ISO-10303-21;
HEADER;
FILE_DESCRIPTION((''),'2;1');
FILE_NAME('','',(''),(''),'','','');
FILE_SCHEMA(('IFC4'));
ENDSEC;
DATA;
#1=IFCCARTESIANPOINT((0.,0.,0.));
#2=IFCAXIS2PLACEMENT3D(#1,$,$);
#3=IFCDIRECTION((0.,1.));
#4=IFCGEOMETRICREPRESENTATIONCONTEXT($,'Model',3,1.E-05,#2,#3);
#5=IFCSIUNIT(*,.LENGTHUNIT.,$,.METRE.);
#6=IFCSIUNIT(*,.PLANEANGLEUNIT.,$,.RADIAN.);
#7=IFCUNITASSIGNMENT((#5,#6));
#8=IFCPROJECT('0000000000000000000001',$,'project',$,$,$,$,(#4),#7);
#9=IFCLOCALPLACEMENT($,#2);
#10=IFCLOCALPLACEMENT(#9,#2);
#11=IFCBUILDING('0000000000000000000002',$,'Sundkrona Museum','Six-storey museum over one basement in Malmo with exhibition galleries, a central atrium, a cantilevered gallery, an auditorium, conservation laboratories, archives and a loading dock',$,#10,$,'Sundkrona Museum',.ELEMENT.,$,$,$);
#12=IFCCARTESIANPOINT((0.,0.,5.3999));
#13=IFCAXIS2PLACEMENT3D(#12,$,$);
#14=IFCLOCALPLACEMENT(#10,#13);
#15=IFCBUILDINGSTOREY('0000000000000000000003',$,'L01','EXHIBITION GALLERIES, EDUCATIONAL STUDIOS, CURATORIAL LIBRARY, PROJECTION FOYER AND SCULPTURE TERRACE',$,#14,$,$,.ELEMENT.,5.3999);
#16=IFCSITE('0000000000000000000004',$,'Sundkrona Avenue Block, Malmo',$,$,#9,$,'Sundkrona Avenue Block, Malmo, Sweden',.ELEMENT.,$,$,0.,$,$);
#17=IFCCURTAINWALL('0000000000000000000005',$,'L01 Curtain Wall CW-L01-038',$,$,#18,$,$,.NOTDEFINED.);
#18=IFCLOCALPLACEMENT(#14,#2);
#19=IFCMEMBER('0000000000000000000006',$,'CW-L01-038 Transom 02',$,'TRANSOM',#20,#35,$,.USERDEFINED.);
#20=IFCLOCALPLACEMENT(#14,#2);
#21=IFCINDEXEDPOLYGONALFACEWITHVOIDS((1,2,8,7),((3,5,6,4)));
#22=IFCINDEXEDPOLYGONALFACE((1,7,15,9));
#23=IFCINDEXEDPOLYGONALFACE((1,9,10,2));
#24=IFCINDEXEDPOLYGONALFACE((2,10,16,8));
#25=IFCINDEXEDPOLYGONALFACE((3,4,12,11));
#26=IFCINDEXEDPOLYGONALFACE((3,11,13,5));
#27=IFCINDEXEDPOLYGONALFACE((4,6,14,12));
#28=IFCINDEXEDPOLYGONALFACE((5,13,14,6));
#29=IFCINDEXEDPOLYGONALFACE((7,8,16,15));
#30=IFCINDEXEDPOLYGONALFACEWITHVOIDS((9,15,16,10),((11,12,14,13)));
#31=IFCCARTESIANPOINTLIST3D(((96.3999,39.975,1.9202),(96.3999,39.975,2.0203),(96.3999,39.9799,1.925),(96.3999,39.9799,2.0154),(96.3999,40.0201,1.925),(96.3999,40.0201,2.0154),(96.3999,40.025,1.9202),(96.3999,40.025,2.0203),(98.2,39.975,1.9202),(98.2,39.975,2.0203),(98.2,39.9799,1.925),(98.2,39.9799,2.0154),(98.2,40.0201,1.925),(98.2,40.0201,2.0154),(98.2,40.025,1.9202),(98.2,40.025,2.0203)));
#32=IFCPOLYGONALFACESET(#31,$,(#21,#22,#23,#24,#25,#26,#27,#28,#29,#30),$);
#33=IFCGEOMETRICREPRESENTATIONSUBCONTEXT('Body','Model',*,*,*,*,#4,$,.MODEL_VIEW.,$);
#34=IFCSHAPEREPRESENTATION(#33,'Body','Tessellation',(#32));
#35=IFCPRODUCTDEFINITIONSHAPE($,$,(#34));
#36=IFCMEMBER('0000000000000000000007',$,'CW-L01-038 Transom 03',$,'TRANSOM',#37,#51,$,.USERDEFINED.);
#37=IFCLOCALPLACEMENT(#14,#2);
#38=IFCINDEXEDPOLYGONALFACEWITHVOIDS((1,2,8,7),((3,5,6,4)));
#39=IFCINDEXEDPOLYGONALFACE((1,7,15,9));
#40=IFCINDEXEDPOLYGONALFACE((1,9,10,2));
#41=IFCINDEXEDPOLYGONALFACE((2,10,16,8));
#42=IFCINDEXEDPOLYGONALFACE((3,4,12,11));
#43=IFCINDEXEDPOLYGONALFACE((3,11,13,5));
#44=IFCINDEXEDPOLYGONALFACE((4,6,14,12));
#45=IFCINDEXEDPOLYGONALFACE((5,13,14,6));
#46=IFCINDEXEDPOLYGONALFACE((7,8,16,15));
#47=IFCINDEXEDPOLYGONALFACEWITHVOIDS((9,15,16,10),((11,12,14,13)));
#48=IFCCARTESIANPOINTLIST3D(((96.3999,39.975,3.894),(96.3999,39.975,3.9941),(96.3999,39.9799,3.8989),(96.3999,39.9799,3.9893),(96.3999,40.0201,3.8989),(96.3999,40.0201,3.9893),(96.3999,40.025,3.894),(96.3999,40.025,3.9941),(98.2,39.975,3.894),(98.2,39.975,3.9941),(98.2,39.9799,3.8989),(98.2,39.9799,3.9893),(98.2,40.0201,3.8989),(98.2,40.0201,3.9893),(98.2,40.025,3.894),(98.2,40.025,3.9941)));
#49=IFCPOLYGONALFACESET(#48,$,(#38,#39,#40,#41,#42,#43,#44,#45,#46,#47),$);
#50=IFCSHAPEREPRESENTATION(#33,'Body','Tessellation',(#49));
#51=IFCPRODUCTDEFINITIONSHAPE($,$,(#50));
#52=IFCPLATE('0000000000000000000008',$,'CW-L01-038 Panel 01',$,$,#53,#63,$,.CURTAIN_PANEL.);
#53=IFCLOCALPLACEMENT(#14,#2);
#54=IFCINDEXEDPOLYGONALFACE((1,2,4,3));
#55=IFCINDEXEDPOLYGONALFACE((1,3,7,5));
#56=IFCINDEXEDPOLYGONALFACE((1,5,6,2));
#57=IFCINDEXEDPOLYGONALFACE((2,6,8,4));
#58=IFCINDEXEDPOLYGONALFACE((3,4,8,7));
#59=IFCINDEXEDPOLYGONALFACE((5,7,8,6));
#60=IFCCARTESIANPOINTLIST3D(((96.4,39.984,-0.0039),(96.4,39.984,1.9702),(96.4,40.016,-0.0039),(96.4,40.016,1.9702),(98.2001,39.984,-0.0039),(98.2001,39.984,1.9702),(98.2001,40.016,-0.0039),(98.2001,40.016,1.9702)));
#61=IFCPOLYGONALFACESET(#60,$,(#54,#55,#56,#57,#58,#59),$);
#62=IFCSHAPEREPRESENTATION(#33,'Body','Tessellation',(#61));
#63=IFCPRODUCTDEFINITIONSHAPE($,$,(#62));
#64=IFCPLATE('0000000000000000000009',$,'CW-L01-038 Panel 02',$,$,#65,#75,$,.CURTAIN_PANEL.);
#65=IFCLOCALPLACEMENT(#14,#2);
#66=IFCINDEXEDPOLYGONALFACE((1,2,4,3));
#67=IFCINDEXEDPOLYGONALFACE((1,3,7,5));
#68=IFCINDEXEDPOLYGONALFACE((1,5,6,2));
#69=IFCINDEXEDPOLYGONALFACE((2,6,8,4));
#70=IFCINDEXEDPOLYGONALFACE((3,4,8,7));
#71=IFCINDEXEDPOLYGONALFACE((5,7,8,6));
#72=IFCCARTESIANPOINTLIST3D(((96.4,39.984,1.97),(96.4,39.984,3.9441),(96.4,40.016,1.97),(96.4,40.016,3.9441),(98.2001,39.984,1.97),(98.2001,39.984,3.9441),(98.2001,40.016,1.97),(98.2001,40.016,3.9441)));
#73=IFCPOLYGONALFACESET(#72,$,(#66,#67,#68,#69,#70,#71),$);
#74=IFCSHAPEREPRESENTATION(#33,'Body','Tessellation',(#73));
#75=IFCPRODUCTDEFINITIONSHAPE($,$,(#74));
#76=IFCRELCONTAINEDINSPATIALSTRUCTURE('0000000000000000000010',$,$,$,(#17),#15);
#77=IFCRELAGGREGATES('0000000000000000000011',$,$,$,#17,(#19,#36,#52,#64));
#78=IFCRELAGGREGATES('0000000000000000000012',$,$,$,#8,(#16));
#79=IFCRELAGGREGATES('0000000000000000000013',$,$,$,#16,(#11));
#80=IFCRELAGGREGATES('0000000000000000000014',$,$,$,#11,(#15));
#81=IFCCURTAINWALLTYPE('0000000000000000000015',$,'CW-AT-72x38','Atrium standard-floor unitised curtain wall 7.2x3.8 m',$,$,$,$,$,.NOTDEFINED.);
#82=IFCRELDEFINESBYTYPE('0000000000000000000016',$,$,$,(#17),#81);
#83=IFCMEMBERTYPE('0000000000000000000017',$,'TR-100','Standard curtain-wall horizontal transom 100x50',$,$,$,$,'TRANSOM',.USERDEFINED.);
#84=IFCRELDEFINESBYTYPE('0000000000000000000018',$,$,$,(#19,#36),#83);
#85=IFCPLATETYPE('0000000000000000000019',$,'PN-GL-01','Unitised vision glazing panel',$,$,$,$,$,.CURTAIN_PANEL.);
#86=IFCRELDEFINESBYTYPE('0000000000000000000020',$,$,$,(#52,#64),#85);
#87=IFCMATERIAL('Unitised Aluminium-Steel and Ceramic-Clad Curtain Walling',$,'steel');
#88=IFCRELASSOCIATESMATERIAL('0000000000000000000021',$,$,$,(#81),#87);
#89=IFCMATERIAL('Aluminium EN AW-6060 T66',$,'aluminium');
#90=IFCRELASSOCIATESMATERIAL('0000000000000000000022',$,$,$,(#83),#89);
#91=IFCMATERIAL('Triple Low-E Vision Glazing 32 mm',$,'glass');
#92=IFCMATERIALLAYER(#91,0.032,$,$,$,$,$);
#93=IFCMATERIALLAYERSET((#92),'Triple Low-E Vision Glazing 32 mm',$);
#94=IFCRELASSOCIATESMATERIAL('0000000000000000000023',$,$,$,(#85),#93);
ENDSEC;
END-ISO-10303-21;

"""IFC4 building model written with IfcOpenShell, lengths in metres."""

from ifc_helpers import new_model, si_unit, direction, frame, origin, origin_2d, place, context, subcontext, project, spatial, rectangle, hollow_rectangle, extrude, material, layer, layer_set, material_profile, profile_set, type_object, element, aggregate, save


model = new_model("IFC4")

# Units and contexts
model_context = context("Model", 3, precision=1e-05, world=origin(), true_north=direction((0.0, 1.0)))
body_context = subcontext(model_context, "Body", "Model", "MODEL_VIEW")
ifc_project = project(units=[si_unit("LENGTHUNIT", "METRE"), si_unit("PLANEANGLEUNIT", "RADIAN")], contexts=[model_context])

# Site, building, storey
site_placement = place(None, origin())
site = spatial("IfcSite", under=ifc_project, at=site_placement, Name="Sundkrona Avenue Block, Malmo", LongName="Sundkrona Avenue Block, Malmo, Sweden", CompositionType="ELEMENT", RefElevation=0.0)
building_placement = place(site_placement, origin())
building = spatial("IfcBuilding", under=site, at=building_placement, Name="Sundkrona Museum", Description="Six-storey museum over one basement in Malmo with exhibition galleries, a central atrium, a cantilevered gallery, an auditorium, conservation laboratories, archives and a loading dock", LongName="Sundkrona Museum", CompositionType="ELEMENT")
storey_placement = place(building_placement, frame((0.0, 0.0, 5.3999)))
storey = spatial("IfcBuildingStorey", under=building, at=storey_placement, Name="L01", Description="EXHIBITION GALLERIES, EDUCATIONAL STUDIOS, CURATORIAL LIBRARY, PROJECTION FOYER AND SCULPTURE TERRACE", CompositionType="ELEMENT", Elevation=5.3999)

# Curtain wall
ifc_material_1 = material(Name="Unitised Aluminium-Steel and Ceramic-Clad Curtain Walling", Category="steel")
curtain_wall_type = type_object("IfcCurtainWallType", Name="CW-AT-72x38", Description="Atrium standard-floor unitised curtain wall 7.2x3.8 m", PredefinedType="NOTDEFINED", material=ifc_material_1)
curtain_wall_placement = place(storey_placement, origin())
curtain_wall = element("IfcCurtainWall", 1, at=curtain_wall_placement, inside=storey, type_object=curtain_wall_type, Name="L01 Curtain Wall CW-L01-038", PredefinedType="NOTDEFINED")
ifc_material_2 = material(Name="Aluminium EN AW-6060 T66", Category="aluminium")

# Members
ifc_material_profile_1 = material_profile(ifc_material_2, hollow_rectangle(XDim=0.05, YDim=0.1001, WallThickness=0.0049, at=origin_2d()), Name="RHS 100x50x5.0")
ifc_profile_set_1 = profile_set([ifc_material_profile_1], Name="Aluminium EN AW-6060 T66")
member_type_1 = type_object("IfcMemberType", Name="TR-100", Description="Standard curtain-wall horizontal transom 100x50", ElementType="TRANSOM", PredefinedType="USERDEFINED", material=ifc_profile_set_1)
member_1_placement = place(storey_placement, frame((96.3999, 40.0, 1.9702), z_axis=(1.0, 0.0, 0.0), x_axis=(0.0, 1.0, 0.0)))
member_1 = element("IfcMember", 2, at=member_1_placement, type_object=member_type_1, Name="CW-L01-038 Transom 02", ObjectType="TRANSOM", PredefinedType="USERDEFINED", context=body_context, shape_type="SweptSolid", body=[
    extrude(hollow_rectangle(XDim=0.05, YDim=0.1001, WallThickness=0.0049, at=origin_2d()), origin(), (0.0, 0.0, 1.0), 1.8),
])
member_2_placement = place(storey_placement, frame((96.3999, 40.0, 3.9441), z_axis=(1.0, 0.0, 0.0), x_axis=(0.0, 1.0, 0.0)))
member_2 = element("IfcMember", 3, at=member_2_placement, type_object=member_type_1, Name="CW-L01-038 Transom 03", ObjectType="TRANSOM", PredefinedType="USERDEFINED", context=body_context, shape_type="SweptSolid", body=[
    extrude(hollow_rectangle(XDim=0.05, YDim=0.1001, WallThickness=0.0049, at=origin_2d()), origin(), (0.0, 0.0, 1.0), 1.8),
])

# Plates
ifc_material_3 = material(Name="Triple Low-E Vision Glazing 32 mm", Category="glass")
ifc_layer = layer(ifc_material_3, 0.032)
ifc_layer_set = layer_set([ifc_layer], Name="Triple Low-E Vision Glazing 32 mm")
plate_type = type_object("IfcPlateType", Name="PN-GL-01", Description="Unitised vision glazing panel", PredefinedType="CURTAIN_PANEL", material=ifc_layer_set)
plate_1_placement = place(storey_placement, frame((97.3, 40.0, -0.0039), z_axis=(0.0, 0.0, 1.0), x_axis=(1.0, 0.0, 0.0)))
plate_1 = element("IfcPlate", 4, at=plate_1_placement, type_object=plate_type, Name="CW-L01-038 Panel 01", PredefinedType="CURTAIN_PANEL", context=body_context, shape_type="SweptSolid", body=[
    extrude(rectangle(XDim=1.8, YDim=0.032, at=origin_2d()), origin(), (0.0, 0.0, 1.0), 1.9741),
])
plate_2_placement = place(storey_placement, frame((97.3, 40.0, 1.97), z_axis=(0.0, 0.0, 1.0), x_axis=(1.0, 0.0, 0.0)))
plate_2 = element("IfcPlate", 5, at=plate_2_placement, type_object=plate_type, Name="CW-L01-038 Panel 02", PredefinedType="CURTAIN_PANEL", context=body_context, shape_type="SweptSolid", body=[
    extrude(rectangle(XDim=1.8, YDim=0.032, at=origin_2d()), origin(), (0.0, 0.0, 1.0), 1.9741),
])
aggregate(curtain_wall, [member_1, member_2, plate_1, plate_2])

save(model, "model.ifc")
